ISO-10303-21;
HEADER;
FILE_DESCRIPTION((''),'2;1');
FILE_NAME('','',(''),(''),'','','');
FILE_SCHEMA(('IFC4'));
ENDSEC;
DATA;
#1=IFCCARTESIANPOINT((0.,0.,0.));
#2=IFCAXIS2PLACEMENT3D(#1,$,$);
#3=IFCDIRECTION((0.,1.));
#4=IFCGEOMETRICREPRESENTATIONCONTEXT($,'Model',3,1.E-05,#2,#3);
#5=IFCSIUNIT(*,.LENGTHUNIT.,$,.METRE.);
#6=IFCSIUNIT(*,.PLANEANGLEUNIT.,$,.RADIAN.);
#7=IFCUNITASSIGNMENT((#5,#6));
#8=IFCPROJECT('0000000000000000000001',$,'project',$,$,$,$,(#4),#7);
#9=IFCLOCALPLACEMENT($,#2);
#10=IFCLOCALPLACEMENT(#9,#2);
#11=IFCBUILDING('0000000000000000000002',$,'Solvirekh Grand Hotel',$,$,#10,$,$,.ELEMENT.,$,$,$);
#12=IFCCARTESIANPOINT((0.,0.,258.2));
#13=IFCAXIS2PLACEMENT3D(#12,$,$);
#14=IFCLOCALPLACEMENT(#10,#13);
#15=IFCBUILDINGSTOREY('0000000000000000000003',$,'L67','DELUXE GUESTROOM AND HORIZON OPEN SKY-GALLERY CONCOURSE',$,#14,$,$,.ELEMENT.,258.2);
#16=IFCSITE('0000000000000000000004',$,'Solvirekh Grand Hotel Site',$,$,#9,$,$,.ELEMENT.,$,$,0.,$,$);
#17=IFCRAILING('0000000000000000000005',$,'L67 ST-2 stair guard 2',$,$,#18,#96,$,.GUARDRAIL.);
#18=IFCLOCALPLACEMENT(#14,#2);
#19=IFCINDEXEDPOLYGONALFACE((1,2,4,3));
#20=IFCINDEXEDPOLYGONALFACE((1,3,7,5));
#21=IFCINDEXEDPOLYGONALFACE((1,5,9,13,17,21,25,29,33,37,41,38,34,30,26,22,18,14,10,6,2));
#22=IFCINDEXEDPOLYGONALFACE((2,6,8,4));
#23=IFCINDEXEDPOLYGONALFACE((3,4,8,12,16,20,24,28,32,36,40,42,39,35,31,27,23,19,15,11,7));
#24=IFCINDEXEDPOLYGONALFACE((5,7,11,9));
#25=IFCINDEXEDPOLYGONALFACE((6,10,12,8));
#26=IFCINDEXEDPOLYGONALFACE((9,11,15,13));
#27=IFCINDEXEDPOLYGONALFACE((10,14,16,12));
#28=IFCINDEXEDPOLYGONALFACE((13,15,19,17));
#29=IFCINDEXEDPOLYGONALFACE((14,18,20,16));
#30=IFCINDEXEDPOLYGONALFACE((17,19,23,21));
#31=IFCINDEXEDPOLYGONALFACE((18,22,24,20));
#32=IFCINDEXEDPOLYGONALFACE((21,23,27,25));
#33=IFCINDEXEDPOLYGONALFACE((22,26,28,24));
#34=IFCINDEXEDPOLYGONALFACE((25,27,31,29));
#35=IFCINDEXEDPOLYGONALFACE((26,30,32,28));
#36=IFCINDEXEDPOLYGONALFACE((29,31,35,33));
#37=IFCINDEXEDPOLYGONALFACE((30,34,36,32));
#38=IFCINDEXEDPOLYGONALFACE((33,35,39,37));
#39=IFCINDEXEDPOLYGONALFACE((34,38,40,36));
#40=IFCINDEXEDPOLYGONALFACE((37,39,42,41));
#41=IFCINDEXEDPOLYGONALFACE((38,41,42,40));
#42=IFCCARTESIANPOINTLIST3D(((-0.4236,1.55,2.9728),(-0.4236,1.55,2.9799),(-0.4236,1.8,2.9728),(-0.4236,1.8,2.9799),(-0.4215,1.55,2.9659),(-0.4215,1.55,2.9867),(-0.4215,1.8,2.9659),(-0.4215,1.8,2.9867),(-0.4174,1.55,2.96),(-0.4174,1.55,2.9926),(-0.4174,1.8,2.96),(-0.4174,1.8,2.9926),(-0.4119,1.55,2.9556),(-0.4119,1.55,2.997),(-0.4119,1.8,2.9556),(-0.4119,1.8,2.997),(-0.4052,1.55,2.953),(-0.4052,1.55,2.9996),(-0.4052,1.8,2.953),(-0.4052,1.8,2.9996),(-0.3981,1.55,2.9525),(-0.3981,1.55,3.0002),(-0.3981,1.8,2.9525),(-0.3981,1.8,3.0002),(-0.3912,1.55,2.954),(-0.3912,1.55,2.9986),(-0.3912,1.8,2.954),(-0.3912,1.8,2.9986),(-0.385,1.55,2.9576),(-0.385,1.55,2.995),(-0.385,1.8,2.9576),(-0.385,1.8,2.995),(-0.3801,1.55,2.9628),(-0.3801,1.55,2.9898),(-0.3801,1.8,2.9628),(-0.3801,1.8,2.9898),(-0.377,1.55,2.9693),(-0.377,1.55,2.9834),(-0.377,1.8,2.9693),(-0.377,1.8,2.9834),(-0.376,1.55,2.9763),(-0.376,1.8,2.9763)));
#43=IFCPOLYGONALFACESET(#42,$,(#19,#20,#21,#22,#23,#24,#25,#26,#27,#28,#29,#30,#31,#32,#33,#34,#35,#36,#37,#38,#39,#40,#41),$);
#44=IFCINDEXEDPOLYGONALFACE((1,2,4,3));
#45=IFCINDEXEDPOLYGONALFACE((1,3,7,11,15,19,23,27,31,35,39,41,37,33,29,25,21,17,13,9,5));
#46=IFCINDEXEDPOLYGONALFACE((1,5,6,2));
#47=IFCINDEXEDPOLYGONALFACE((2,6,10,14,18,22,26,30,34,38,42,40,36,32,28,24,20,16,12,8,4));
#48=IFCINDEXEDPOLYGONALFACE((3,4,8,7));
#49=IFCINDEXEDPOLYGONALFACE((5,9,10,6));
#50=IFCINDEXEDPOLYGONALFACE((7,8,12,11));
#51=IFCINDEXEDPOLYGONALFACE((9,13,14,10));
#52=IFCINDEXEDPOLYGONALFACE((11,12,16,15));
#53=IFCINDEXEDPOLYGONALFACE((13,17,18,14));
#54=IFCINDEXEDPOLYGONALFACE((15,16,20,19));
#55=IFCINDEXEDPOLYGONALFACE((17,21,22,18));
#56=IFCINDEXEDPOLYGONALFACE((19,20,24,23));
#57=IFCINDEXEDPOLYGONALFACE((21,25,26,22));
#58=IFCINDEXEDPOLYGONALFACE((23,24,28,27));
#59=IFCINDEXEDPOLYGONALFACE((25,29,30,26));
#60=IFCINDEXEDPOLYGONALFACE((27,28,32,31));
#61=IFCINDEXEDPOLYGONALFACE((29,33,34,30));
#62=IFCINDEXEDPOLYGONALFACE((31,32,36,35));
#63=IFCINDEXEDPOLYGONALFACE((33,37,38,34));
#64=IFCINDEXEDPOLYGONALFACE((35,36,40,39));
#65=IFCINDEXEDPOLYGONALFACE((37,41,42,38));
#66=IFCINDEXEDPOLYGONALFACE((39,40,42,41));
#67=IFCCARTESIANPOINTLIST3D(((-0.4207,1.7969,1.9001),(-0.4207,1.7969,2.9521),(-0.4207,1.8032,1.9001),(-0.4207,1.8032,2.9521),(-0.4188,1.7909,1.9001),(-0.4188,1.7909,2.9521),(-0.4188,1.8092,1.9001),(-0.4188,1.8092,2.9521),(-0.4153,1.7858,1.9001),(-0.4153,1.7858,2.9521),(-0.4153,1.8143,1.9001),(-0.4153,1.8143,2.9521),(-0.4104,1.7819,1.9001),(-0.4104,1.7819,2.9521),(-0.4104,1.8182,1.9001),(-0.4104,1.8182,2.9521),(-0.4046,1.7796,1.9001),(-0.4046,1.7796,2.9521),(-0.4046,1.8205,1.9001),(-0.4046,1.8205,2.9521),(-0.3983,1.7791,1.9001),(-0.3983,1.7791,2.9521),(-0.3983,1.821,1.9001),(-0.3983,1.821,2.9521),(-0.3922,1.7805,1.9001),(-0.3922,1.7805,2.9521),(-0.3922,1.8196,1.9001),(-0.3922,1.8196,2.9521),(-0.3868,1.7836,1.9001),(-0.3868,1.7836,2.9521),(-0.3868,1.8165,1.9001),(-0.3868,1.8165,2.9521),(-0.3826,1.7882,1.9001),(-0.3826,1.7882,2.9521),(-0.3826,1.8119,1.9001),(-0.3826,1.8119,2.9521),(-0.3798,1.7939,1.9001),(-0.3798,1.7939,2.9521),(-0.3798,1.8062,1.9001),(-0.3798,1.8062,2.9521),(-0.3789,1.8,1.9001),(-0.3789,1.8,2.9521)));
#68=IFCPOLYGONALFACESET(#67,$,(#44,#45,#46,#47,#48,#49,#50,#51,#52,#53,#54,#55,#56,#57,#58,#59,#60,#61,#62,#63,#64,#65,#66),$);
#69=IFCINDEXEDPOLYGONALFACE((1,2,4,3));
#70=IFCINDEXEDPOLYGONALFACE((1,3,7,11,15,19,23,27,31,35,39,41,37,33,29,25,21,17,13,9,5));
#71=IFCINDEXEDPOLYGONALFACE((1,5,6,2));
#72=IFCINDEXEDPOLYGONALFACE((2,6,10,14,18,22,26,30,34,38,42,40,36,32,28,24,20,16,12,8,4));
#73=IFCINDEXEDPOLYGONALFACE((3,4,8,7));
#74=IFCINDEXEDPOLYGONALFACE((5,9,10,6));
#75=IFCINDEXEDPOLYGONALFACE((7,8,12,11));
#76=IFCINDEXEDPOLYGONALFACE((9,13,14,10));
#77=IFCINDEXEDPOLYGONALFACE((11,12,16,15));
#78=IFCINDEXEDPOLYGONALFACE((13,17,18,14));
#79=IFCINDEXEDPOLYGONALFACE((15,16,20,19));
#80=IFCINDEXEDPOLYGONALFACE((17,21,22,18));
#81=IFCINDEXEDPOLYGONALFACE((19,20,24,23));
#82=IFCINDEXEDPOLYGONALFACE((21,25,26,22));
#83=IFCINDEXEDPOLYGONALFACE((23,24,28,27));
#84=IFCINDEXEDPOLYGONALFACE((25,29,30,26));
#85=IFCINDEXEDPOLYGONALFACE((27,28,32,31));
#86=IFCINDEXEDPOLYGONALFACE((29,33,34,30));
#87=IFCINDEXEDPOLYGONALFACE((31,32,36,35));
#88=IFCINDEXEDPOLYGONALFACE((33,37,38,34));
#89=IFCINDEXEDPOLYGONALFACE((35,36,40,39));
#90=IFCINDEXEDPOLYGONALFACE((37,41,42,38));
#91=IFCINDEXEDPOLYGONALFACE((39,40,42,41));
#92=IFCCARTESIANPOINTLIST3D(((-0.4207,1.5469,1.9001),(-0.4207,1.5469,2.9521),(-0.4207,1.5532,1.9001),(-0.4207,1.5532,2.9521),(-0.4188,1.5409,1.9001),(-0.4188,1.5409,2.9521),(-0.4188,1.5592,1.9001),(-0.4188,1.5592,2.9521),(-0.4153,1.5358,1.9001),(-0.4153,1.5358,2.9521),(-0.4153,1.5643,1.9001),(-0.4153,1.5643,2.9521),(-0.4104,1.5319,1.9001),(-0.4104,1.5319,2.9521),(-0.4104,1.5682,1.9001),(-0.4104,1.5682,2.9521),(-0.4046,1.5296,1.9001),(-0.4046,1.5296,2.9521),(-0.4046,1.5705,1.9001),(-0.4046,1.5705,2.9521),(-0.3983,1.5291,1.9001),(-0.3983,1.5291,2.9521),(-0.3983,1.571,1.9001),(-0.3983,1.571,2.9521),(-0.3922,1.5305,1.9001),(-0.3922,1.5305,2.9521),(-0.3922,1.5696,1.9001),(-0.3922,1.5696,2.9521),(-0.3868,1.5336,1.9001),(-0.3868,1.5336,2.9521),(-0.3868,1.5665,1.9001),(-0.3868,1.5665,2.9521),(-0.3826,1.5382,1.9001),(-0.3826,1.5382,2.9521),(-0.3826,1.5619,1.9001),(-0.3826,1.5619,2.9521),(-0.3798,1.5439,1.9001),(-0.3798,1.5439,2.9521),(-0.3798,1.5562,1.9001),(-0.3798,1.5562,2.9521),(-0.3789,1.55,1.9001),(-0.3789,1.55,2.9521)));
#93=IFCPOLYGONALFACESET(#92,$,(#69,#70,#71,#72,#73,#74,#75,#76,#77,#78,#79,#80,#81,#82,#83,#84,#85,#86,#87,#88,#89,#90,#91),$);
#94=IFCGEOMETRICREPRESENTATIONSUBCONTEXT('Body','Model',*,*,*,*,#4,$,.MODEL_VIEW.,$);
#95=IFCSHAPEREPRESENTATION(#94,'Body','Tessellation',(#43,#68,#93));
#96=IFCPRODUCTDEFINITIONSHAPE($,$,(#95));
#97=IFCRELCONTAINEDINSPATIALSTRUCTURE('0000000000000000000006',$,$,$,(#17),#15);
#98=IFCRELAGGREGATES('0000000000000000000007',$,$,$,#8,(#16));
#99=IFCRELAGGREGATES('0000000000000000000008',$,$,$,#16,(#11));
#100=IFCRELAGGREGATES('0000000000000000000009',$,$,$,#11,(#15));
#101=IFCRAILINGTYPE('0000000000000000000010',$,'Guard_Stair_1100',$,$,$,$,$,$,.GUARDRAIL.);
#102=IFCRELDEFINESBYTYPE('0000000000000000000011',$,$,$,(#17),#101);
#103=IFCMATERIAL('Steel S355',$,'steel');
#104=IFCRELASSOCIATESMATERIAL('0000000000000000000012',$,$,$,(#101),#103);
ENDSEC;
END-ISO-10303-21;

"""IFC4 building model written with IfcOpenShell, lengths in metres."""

from ifc_helpers import new_model, si_unit, direction, frame, origin, origin_2d, place, context, subcontext, project, spatial, circle, extrude, material, type_object, element, save


model = new_model("IFC4")

# Units and contexts
model_context = context("Model", 3, precision=1e-05, world=origin(), true_north=direction((0.0, 1.0)))
body_context = subcontext(model_context, "Body", "Model", "MODEL_VIEW")
ifc_project = project(units=[si_unit("LENGTHUNIT", "METRE"), si_unit("PLANEANGLEUNIT", "RADIAN")], contexts=[model_context])

# Site, building, storey
site_placement = place(None, origin())
site = spatial("IfcSite", under=ifc_project, at=site_placement, Name="Solvirekh Grand Hotel Site", CompositionType="ELEMENT", RefElevation=0.0)
building_placement = place(site_placement, origin())
building = spatial("IfcBuilding", under=site, at=building_placement, Name="Solvirekh Grand Hotel", CompositionType="ELEMENT")
storey_placement = place(building_placement, frame((0.0, 0.0, 258.2)))
storey = spatial("IfcBuildingStorey", under=building, at=storey_placement, Name="L67", Description="DELUXE GUESTROOM AND HORIZON OPEN SKY-GALLERY CONCOURSE", CompositionType="ELEMENT", Elevation=258.2)

# Railing
ifc_material_1 = material(Name="Steel S355", Category="steel")
railing_type_1 = type_object("IfcRailingType", Name="Guard_Stair_1100", PredefinedType="GUARDRAIL", material=ifc_material_1)
railing_1_placement = place(storey_placement, frame((-0.3999, 1.8, 1.9001)))
element("IfcRailing", 1, at=railing_1_placement, inside=storey, type_object=railing_type_1, Name="L67 ST-2 stair guard 2", PredefinedType="GUARDRAIL", context=body_context, shape_type="SweptSolid", body=[
    extrude(circle(Radius=0.0239, at=origin_2d()), frame((0.0, 0.0, 1.0762), z_axis=(0.0, -1.0, 0.0), x_axis=(1.0, 0.0, 0.0)), (0.0, 0.0, 1.0), 0.25),
    extrude(circle(Radius=0.021, at=origin_2d()), origin(), (0.0, 0.0, 1.0), 1.052),
    extrude(circle(Radius=0.021, at=origin_2d()), frame((0.0, -0.25, 0.0)), (0.0, 0.0, 1.0), 1.052),
])

save(model, "model.ifc")
